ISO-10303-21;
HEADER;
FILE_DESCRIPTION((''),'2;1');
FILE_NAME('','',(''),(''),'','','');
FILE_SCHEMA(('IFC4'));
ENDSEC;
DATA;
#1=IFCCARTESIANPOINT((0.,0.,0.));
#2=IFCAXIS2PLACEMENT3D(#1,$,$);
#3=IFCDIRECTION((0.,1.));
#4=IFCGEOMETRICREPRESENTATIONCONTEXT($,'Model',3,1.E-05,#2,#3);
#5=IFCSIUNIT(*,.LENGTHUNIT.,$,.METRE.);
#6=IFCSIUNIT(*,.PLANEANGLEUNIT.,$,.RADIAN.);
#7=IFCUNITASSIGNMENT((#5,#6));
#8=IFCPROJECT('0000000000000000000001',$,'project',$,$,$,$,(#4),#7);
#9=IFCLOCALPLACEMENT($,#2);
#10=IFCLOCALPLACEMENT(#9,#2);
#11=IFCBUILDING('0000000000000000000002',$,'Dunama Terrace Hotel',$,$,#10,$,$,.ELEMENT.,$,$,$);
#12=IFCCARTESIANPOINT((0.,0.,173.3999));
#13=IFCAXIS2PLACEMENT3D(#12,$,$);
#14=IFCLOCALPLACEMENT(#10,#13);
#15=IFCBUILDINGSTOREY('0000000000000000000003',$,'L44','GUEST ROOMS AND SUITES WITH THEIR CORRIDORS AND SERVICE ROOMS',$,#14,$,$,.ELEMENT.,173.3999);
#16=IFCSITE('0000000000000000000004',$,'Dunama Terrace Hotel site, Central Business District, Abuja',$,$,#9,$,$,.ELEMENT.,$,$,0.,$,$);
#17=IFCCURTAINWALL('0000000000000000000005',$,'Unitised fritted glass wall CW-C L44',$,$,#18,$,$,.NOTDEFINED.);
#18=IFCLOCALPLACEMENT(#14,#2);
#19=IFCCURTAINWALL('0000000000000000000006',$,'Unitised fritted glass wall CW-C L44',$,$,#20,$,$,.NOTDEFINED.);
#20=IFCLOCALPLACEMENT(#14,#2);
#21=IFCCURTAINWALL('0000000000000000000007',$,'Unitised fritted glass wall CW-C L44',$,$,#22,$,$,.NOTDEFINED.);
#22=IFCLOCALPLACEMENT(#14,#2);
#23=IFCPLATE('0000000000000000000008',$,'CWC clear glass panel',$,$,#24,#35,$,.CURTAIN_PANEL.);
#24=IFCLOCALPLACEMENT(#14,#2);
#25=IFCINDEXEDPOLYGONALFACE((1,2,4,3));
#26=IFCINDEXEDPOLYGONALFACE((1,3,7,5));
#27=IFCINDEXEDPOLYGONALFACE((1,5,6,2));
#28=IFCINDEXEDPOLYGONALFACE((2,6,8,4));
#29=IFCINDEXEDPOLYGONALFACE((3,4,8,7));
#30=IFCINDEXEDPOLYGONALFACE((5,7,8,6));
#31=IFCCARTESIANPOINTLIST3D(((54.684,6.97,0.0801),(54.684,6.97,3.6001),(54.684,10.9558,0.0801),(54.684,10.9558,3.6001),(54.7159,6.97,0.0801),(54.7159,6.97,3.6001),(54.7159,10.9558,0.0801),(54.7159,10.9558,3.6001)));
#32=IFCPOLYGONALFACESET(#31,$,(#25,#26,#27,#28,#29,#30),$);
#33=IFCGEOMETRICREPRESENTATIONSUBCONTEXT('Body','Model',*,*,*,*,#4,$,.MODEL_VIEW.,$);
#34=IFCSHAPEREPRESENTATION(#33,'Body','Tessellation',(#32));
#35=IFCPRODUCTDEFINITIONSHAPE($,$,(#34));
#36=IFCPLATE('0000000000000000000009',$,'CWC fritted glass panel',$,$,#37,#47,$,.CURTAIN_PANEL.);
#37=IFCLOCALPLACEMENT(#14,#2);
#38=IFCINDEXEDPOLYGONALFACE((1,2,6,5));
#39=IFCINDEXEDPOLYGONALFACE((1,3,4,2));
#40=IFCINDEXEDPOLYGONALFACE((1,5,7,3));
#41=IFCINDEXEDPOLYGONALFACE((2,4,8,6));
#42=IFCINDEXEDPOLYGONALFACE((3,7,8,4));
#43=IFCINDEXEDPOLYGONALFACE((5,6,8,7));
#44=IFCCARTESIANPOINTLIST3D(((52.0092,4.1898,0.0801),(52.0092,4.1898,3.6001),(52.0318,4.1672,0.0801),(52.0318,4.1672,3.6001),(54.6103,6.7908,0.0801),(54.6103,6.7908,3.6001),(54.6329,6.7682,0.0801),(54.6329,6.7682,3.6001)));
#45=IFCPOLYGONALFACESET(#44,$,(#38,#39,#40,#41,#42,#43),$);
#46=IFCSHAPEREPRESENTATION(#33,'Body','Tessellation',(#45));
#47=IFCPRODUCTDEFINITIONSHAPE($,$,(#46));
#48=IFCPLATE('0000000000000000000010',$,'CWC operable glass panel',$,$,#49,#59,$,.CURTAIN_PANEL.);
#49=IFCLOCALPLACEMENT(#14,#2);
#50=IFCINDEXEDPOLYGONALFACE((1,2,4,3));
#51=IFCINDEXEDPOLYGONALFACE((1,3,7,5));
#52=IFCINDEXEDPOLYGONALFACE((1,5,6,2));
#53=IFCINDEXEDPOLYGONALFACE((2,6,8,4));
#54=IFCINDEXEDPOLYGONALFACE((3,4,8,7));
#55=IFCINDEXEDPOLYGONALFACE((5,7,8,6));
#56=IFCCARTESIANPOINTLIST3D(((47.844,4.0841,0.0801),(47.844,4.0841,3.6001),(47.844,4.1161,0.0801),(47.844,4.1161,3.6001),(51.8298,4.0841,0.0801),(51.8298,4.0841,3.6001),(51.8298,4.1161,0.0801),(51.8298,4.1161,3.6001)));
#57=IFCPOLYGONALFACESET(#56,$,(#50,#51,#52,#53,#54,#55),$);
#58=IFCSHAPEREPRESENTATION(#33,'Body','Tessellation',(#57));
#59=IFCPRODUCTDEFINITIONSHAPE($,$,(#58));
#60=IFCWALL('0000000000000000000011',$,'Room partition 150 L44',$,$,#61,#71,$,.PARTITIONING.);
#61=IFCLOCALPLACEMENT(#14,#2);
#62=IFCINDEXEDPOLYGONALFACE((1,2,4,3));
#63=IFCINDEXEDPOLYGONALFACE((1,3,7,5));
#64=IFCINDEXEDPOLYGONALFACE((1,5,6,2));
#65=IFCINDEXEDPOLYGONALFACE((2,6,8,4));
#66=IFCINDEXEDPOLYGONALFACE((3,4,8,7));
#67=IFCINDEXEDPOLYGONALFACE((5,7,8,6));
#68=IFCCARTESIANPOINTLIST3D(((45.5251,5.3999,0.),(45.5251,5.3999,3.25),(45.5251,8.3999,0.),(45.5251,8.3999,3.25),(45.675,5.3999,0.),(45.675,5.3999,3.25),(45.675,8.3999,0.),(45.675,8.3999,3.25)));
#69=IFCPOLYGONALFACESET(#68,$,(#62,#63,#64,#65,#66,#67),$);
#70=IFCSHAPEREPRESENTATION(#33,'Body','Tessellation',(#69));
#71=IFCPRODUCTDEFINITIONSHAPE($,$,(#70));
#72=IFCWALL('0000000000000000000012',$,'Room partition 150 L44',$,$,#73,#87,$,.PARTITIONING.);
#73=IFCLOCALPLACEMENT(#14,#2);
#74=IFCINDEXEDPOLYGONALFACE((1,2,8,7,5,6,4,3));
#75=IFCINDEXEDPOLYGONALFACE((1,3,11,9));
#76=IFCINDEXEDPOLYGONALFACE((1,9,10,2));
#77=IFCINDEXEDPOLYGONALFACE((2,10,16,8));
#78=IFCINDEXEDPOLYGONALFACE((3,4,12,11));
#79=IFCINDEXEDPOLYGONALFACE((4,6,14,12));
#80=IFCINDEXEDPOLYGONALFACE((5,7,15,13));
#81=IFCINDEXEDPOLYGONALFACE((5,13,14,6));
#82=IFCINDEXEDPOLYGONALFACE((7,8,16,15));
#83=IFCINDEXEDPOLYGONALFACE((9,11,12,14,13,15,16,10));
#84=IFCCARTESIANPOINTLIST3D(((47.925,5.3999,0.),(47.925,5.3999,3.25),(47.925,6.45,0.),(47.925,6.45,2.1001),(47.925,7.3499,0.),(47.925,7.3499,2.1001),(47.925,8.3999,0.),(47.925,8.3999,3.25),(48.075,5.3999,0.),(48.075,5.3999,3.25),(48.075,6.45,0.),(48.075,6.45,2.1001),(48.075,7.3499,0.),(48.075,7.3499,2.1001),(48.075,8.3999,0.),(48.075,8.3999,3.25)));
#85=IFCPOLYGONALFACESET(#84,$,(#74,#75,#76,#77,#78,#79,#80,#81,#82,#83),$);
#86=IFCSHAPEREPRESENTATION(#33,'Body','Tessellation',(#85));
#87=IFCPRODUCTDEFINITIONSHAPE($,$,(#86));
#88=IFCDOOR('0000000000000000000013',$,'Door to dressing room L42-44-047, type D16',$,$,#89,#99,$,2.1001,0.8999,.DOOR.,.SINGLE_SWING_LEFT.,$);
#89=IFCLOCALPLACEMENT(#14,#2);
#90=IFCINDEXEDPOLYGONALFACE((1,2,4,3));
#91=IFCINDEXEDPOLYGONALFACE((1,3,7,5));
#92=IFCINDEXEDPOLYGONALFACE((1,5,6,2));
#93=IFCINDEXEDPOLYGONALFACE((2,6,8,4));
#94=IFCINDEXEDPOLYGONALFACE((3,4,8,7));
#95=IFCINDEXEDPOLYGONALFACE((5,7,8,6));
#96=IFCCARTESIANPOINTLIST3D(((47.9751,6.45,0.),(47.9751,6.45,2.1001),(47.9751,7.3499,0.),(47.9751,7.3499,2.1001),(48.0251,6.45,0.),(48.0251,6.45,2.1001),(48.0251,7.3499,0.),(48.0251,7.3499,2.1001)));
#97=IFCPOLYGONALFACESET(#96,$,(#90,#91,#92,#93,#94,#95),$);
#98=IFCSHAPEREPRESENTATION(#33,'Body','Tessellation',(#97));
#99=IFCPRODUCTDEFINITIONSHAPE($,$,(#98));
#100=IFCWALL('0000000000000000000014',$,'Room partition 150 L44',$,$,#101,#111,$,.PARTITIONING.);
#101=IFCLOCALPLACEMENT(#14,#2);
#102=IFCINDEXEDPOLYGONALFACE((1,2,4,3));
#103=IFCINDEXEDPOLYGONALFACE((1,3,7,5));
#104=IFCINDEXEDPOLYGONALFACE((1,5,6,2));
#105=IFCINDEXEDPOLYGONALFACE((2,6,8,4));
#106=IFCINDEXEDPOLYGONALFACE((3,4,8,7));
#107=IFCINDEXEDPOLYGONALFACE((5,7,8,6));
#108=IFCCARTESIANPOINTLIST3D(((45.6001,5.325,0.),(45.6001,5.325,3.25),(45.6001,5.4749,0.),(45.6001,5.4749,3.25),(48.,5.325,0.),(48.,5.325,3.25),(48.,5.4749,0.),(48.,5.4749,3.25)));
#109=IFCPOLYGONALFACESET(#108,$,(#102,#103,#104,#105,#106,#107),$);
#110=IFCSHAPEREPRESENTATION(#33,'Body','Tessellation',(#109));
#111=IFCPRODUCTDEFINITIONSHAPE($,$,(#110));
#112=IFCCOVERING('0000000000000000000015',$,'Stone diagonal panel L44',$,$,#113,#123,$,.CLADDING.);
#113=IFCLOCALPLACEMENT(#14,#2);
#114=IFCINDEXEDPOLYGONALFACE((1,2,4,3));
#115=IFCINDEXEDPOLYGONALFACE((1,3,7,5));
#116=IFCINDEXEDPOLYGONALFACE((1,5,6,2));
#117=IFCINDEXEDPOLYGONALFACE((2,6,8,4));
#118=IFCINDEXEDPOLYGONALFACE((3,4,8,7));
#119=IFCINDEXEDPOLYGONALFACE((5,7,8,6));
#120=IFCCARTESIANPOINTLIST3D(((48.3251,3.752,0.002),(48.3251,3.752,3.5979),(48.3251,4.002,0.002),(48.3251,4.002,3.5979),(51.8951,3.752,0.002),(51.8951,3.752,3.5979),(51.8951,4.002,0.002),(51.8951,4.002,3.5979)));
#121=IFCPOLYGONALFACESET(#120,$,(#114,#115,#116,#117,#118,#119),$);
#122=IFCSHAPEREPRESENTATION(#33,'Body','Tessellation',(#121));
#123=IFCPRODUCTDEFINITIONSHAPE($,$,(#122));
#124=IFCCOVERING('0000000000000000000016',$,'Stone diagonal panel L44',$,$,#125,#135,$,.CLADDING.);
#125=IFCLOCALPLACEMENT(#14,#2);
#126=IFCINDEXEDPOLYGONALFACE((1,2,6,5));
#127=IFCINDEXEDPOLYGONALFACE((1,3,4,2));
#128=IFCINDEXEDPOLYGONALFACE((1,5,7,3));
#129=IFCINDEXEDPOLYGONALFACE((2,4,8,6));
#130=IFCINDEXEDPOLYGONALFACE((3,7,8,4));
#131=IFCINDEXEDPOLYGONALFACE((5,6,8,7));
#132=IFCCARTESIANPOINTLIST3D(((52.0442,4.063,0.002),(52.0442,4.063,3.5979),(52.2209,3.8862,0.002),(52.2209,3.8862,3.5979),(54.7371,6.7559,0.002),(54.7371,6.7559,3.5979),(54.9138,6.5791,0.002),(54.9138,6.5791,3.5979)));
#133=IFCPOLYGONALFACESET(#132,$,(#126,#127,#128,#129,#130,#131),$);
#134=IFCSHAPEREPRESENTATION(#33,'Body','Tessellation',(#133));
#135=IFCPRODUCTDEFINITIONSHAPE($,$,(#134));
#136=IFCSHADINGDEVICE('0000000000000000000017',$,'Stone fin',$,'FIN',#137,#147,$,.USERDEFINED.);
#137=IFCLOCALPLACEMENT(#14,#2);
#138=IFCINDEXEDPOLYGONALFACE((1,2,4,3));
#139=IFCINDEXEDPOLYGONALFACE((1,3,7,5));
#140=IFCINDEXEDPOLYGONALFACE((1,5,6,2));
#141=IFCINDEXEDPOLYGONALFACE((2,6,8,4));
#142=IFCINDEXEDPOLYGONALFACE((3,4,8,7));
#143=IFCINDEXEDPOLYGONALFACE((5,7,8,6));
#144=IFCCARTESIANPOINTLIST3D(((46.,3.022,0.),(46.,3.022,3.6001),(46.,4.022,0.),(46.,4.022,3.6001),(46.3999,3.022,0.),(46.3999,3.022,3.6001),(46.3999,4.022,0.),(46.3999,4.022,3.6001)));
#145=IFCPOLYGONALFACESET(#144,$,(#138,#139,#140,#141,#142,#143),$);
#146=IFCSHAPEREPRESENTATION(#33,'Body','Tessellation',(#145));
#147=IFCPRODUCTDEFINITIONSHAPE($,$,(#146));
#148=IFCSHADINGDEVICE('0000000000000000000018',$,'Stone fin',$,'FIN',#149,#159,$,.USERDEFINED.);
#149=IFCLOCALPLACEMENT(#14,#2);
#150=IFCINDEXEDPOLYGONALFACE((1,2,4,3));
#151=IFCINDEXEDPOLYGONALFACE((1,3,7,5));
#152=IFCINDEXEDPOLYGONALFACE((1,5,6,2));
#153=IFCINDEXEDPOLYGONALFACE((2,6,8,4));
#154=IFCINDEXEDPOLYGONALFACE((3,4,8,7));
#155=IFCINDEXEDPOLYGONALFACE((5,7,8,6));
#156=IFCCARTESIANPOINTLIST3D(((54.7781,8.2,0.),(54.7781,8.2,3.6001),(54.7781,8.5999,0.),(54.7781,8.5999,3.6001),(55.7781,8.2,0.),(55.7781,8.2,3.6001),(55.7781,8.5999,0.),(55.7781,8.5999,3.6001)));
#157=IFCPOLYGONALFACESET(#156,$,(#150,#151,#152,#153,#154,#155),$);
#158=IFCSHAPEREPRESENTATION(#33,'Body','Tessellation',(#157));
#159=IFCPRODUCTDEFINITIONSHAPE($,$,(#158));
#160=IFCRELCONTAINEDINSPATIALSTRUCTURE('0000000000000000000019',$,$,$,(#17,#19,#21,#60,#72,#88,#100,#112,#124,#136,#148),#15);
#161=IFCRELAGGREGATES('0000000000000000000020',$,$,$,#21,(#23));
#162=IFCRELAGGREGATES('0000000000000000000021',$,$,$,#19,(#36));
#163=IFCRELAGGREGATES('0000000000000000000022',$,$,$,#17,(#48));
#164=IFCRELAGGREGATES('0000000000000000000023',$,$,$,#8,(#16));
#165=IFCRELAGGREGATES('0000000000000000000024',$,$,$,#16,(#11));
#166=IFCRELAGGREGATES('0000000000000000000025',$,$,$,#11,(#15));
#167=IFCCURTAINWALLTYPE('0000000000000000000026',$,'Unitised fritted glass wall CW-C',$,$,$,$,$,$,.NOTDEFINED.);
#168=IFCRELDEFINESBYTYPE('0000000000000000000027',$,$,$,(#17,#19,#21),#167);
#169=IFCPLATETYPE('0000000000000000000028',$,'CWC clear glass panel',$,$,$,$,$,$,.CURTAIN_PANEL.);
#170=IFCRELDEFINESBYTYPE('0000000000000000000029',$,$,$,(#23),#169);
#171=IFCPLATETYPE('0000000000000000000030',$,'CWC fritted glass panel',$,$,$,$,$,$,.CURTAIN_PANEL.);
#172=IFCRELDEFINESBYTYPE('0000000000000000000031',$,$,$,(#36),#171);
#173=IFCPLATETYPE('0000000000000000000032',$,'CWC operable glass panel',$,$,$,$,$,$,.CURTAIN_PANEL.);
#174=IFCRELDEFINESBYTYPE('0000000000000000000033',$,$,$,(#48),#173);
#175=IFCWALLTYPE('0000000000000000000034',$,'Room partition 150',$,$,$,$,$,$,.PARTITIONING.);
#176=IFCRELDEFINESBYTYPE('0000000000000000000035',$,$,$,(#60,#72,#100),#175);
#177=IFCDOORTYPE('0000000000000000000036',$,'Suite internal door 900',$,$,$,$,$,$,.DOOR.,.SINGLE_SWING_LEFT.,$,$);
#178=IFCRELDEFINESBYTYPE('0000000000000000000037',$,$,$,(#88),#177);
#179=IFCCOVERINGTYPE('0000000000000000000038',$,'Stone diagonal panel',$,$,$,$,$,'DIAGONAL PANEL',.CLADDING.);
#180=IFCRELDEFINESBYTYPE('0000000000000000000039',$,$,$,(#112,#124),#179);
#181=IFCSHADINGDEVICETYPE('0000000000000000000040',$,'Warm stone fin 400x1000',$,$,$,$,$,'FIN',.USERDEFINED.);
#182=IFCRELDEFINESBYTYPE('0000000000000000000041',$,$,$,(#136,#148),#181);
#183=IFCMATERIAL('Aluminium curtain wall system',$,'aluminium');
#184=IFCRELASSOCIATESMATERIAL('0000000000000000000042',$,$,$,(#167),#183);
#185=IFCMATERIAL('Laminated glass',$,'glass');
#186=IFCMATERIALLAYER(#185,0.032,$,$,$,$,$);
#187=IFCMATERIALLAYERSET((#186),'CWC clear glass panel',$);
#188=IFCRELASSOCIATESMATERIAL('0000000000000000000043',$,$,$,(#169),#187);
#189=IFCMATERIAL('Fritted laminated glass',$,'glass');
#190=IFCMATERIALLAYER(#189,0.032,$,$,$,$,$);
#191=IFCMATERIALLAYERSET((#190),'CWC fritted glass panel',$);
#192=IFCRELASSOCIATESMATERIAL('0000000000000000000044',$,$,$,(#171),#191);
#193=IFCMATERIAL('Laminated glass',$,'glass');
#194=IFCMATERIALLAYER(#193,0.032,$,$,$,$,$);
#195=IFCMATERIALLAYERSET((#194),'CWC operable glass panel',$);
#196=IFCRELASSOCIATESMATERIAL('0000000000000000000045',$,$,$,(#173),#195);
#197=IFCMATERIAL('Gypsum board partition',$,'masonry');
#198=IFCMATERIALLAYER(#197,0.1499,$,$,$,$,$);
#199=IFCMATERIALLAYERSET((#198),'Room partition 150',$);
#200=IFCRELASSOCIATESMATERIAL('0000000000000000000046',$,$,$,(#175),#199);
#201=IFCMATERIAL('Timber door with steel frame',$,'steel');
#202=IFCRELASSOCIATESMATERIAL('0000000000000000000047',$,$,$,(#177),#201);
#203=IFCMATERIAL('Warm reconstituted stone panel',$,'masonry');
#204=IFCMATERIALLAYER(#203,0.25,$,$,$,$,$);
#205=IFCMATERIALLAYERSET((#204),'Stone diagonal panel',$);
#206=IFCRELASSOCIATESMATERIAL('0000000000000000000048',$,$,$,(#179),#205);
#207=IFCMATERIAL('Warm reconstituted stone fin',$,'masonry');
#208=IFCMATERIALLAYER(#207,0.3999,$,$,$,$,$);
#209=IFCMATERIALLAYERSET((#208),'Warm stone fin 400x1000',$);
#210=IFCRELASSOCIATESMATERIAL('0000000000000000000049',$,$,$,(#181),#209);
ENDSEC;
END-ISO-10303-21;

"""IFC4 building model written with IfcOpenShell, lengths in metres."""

from ifc_helpers import new_model, si_unit, direction, frame, frame_2d, origin, origin_2d, place, context, subcontext, project, spatial, rectangle, extrude, material, layer, layer_set, type_object, element, fill, aggregate, save


model = new_model("IFC4")

# Units and contexts
model_context = context("Model", 3, precision=1e-05, world=origin(), true_north=direction((0.0, 1.0)))
body_context = subcontext(model_context, "Body", "Model", "MODEL_VIEW")
ifc_project = project(units=[si_unit("LENGTHUNIT", "METRE"), si_unit("PLANEANGLEUNIT", "RADIAN")], contexts=[model_context])

# Site, building, storey
site_placement = place(None, origin())
site = spatial("IfcSite", under=ifc_project, at=site_placement, Name="Dunama Terrace Hotel site, Central Business District, Abuja", CompositionType="ELEMENT", RefElevation=0.0)
building_placement = place(site_placement, origin())
building = spatial("IfcBuilding", under=site, at=building_placement, Name="Dunama Terrace Hotel", CompositionType="ELEMENT")
storey_placement = place(building_placement, frame((0.0, 0.0, 173.3999)))
storey = spatial("IfcBuildingStorey", under=building, at=storey_placement, Name="L44", Description="GUEST ROOMS AND SUITES WITH THEIR CORRIDORS AND SERVICE ROOMS", CompositionType="ELEMENT", Elevation=173.3999)

# Curtain walls
ifc_material_1 = material(Name="Aluminium curtain wall system", Category="aluminium")
curtain_wall_type = type_object("IfcCurtainWallType", Name="Unitised fritted glass wall CW-C", PredefinedType="NOTDEFINED", material=ifc_material_1)
curtain_wall_1_placement = place(storey_placement, origin())
curtain_wall_1 = element("IfcCurtainWall", 1, at=curtain_wall_1_placement, inside=storey, type_object=curtain_wall_type, Name="Unitised fritted glass wall CW-C L44", PredefinedType="NOTDEFINED")
curtain_wall_2_placement = place(storey_placement, origin())
curtain_wall_2 = element("IfcCurtainWall", 2, at=curtain_wall_2_placement, inside=storey, type_object=curtain_wall_type, Name="Unitised fritted glass wall CW-C L44", PredefinedType="NOTDEFINED")

# Curtain wall
curtain_wall_3_placement = place(storey_placement, origin())
curtain_wall_3 = element("IfcCurtainWall", 3, at=curtain_wall_3_placement, inside=storey, type_object=curtain_wall_type, Name="Unitised fritted glass wall CW-C L44", PredefinedType="NOTDEFINED")

# Plates
ifc_material_2 = material(Name="Laminated glass", Category="glass")
ifc_layer_1 = layer(ifc_material_2, 0.032)
ifc_layer_set_1 = layer_set([ifc_layer_1], Name="CWC clear glass panel")
plate_type_1 = type_object("IfcPlateType", Name="CWC clear glass panel", PredefinedType="CURTAIN_PANEL", material=ifc_layer_set_1)
plate_1_placement = place(storey_placement, frame((54.7, 8.9629, 0.0801), z_axis=(0.0, 0.0, 1.0), x_axis=(0.0, 1.0, 0.0)))
plate_1 = element("IfcPlate", 4, at=plate_1_placement, type_object=plate_type_1, Name="CWC clear glass panel", PredefinedType="CURTAIN_PANEL", context=body_context, shape_type="SweptSolid", body=[
    extrude(rectangle(XDim=3.9858, YDim=0.032, at=origin_2d()), origin(), (0.0, 0.0, 1.0), 3.52),
])
aggregate(curtain_wall_3, [plate_1])
ifc_material_3 = material(Name="Fritted laminated glass", Category="glass")
ifc_layer_2 = layer(ifc_material_3, 0.032)
ifc_layer_set_2 = layer_set([ifc_layer_2], Name="CWC fritted glass panel")
plate_type_2 = type_object("IfcPlateType", Name="CWC fritted glass panel", PredefinedType="CURTAIN_PANEL", material=ifc_layer_set_2)
plate_2_placement = place(storey_placement, frame((53.321, 5.479, 0.0801), z_axis=(0.0, 0.0, 1.0), x_axis=(0.707107, 0.707107, 0.0)))
plate_2 = element("IfcPlate", 5, at=plate_2_placement, type_object=plate_type_2, Name="CWC fritted glass panel", PredefinedType="CURTAIN_PANEL", context=body_context, shape_type="SweptSolid", body=[
    extrude(rectangle(XDim=3.6785, YDim=0.032, at=origin_2d()), origin(), (0.0, 0.0, 1.0), 3.52),
])
aggregate(curtain_wall_2, [plate_2])
ifc_material_4 = material(Name="Laminated glass", Category="glass")
ifc_layer_3 = layer(ifc_material_4, 0.032)
ifc_layer_set_3 = layer_set([ifc_layer_3], Name="CWC operable glass panel")
plate_type_3 = type_object("IfcPlateType", Name="CWC operable glass panel", PredefinedType="CURTAIN_PANEL", material=ifc_layer_set_3)
plate_3_placement = place(storey_placement, frame((49.8369, 4.1001, 0.0801), z_axis=(0.0, 0.0, 1.0), x_axis=(1.0, 0.0, 0.0)))
plate_3 = element("IfcPlate", 6, at=plate_3_placement, type_object=plate_type_3, Name="CWC operable glass panel", PredefinedType="CURTAIN_PANEL", context=body_context, shape_type="SweptSolid", body=[
    extrude(rectangle(XDim=3.9858, YDim=0.032, at=origin_2d()), origin(), (0.0, 0.0, 1.0), 3.52),
])
aggregate(curtain_wall_1, [plate_3])

# Wall
ifc_material_5 = material(Name="Gypsum board partition", Category="masonry")
ifc_layer_4 = layer(ifc_material_5, 0.1499)
ifc_layer_set_4 = layer_set([ifc_layer_4], Name="Room partition 150")
wall_type = type_object("IfcWallType", Name="Room partition 150", PredefinedType="PARTITIONING", material=ifc_layer_set_4)
wall_1_placement = place(storey_placement, frame((45.6001, 5.3999, 0.0), z_axis=(0.0, 0.0, 1.0), x_axis=(0.0, 1.0, 0.0)))
element("IfcWall", 7, at=wall_1_placement, inside=storey, type_object=wall_type, Name="Room partition 150 L44", PredefinedType="PARTITIONING", context=body_context, shape_type="SweptSolid", body=[
    extrude(rectangle(XDim=3.0, YDim=0.1499, at=frame_2d((1.5, 0.0))), origin(), (0.0, 0.0, 1.0), 3.25),
])

# Wall, opening, door
wall_2_placement = place(storey_placement, frame((48.0, 5.3999, 0.0), z_axis=(0.0, 0.0, 1.0), x_axis=(0.0, 1.0, 0.0)))
wall_2 = element("IfcWall", 8, at=wall_2_placement, inside=storey, type_object=wall_type, Name="Room partition 150 L44", PredefinedType="PARTITIONING", context=body_context, shape_type="SweptSolid", body=[
    extrude(rectangle(XDim=3.0, YDim=0.1499, at=frame_2d((1.5, 0.0))), origin(), (0.0, 0.0, 1.0), 3.25),
])
opening_placement = place(wall_2_placement, frame((1.05, 0.0, 0.0)))
opening = element("IfcOpeningElement", 9, at=opening_placement, cuts=wall_2, PredefinedType="OPENING", context=body_context, shape_type="SweptSolid", body=[
    extrude(rectangle(XDim=0.8999, YDim=2.1001, at=frame_2d((0.45, 1.05))), frame((0.0, 0.085, 0.0), z_axis=(0.0, -1.0, 0.0), x_axis=(1.0, 0.0, 0.0)), (0.0, 0.0, 1.0), 0.1699),
])
ifc_material_6 = material(Name="Timber door with steel frame", Category="steel")
door_type = type_object("IfcDoorType", Name="Suite internal door 900", OperationType="SINGLE_SWING_LEFT", PredefinedType="DOOR", material=ifc_material_6)
door_placement = place(opening_placement, origin())
door = element("IfcDoor", 10, at=door_placement, inside=storey, type_object=door_type, Name="Door to dressing room L42-44-047, type D16", OperationType="SINGLE_SWING_LEFT", OverallHeight=2.1001, OverallWidth=0.8999, PredefinedType="DOOR", context=body_context, shape_type="SweptSolid", body=[
    extrude(rectangle(XDim=0.8999, YDim=2.1001, at=frame_2d((0.45, 1.05))), frame((0.0, 0.0249, 0.0), z_axis=(0.0, -1.0, 0.0), x_axis=(1.0, 0.0, 0.0)), (0.0, 0.0, 1.0), 0.05),
])
fill(opening, door)

# Wall
wall_3_placement = place(storey_placement, frame((45.6001, 5.3999, 0.0), z_axis=(0.0, 0.0, 1.0), x_axis=(1.0, 0.0, 0.0)))
element("IfcWall", 11, at=wall_3_placement, inside=storey, type_object=wall_type, Name="Room partition 150 L44", PredefinedType="PARTITIONING", context=body_context, shape_type="SweptSolid", body=[
    extrude(rectangle(XDim=2.3999, YDim=0.1499, at=frame_2d((1.2, 0.0))), origin(), (0.0, 0.0, 1.0), 3.25),
])

# Coverings
ifc_material_7 = material(Name="Warm reconstituted stone panel", Category="masonry")
ifc_layer_5 = layer(ifc_material_7, 0.25)
ifc_layer_set_5 = layer_set([ifc_layer_5], Name="Stone diagonal panel")
covering_type = type_object("IfcCoveringType", Name="Stone diagonal panel", ElementType="DIAGONAL PANEL", PredefinedType="CLADDING", material=ifc_layer_set_5)
covering_1_placement = place(storey_placement, frame((50.1101, 3.877, 0.002), z_axis=(0.0, 0.0, 1.0), x_axis=(1.0, 0.0, 0.0)))
element("IfcCovering", 12, at=covering_1_placement, inside=storey, type_object=covering_type, Name="Stone diagonal panel L44", PredefinedType="CLADDING", context=body_context, shape_type="SweptSolid", body=[
    extrude(rectangle(XDim=3.5701, YDim=0.25, at=origin_2d()), origin(), (0.0, 0.0, 1.0), 3.5959),
])
covering_2_placement = place(storey_placement, frame((53.479, 5.321, 0.002), z_axis=(0.0, 0.0, 1.0), x_axis=(0.707107, 0.707107, 0.0)))
element("IfcCovering", 13, at=covering_2_placement, inside=storey, type_object=covering_type, Name="Stone diagonal panel L44", PredefinedType="CLADDING", context=body_context, shape_type="SweptSolid", body=[
    extrude(rectangle(XDim=3.8083, YDim=0.25, at=origin_2d()), origin(), (0.0, 0.0, 1.0), 3.5959),
])

# Shading devices
ifc_material_8 = material(Name="Warm reconstituted stone fin", Category="masonry")
ifc_layer_6 = layer(ifc_material_8, 0.3999)
ifc_layer_set_6 = layer_set([ifc_layer_6], Name="Warm stone fin 400x1000")
shading_device_type = type_object("IfcShadingDeviceType", Name="Warm stone fin 400x1000", ElementType="FIN", PredefinedType="USERDEFINED", material=ifc_layer_set_6)
for number, where, z_axis, x_axis, name in (
    (14, (46.2, 3.522, 0.0), (0.0, 0.0, 1.0), (1.0, 0.0, 0.0), "Stone fin"),
    (15, (55.2781, 8.3999, 0.0), (0.0, 0.0, 1.0), (0.0, 1.0, 0.0), "Stone fin"),
):
    element("IfcShadingDevice", number, at=place(storey_placement, frame(where, z_axis=z_axis, x_axis=x_axis)), inside=storey, type_object=shading_device_type, Name=name, ObjectType="FIN", PredefinedType="USERDEFINED", context=body_context, shape_type="SweptSolid", body=[
        extrude(rectangle(XDim=0.3999, YDim=1.0, at=origin_2d()), origin(), (0.0, 0.0, 1.0), 3.6001),
    ])

save(model, "model.ifc")
